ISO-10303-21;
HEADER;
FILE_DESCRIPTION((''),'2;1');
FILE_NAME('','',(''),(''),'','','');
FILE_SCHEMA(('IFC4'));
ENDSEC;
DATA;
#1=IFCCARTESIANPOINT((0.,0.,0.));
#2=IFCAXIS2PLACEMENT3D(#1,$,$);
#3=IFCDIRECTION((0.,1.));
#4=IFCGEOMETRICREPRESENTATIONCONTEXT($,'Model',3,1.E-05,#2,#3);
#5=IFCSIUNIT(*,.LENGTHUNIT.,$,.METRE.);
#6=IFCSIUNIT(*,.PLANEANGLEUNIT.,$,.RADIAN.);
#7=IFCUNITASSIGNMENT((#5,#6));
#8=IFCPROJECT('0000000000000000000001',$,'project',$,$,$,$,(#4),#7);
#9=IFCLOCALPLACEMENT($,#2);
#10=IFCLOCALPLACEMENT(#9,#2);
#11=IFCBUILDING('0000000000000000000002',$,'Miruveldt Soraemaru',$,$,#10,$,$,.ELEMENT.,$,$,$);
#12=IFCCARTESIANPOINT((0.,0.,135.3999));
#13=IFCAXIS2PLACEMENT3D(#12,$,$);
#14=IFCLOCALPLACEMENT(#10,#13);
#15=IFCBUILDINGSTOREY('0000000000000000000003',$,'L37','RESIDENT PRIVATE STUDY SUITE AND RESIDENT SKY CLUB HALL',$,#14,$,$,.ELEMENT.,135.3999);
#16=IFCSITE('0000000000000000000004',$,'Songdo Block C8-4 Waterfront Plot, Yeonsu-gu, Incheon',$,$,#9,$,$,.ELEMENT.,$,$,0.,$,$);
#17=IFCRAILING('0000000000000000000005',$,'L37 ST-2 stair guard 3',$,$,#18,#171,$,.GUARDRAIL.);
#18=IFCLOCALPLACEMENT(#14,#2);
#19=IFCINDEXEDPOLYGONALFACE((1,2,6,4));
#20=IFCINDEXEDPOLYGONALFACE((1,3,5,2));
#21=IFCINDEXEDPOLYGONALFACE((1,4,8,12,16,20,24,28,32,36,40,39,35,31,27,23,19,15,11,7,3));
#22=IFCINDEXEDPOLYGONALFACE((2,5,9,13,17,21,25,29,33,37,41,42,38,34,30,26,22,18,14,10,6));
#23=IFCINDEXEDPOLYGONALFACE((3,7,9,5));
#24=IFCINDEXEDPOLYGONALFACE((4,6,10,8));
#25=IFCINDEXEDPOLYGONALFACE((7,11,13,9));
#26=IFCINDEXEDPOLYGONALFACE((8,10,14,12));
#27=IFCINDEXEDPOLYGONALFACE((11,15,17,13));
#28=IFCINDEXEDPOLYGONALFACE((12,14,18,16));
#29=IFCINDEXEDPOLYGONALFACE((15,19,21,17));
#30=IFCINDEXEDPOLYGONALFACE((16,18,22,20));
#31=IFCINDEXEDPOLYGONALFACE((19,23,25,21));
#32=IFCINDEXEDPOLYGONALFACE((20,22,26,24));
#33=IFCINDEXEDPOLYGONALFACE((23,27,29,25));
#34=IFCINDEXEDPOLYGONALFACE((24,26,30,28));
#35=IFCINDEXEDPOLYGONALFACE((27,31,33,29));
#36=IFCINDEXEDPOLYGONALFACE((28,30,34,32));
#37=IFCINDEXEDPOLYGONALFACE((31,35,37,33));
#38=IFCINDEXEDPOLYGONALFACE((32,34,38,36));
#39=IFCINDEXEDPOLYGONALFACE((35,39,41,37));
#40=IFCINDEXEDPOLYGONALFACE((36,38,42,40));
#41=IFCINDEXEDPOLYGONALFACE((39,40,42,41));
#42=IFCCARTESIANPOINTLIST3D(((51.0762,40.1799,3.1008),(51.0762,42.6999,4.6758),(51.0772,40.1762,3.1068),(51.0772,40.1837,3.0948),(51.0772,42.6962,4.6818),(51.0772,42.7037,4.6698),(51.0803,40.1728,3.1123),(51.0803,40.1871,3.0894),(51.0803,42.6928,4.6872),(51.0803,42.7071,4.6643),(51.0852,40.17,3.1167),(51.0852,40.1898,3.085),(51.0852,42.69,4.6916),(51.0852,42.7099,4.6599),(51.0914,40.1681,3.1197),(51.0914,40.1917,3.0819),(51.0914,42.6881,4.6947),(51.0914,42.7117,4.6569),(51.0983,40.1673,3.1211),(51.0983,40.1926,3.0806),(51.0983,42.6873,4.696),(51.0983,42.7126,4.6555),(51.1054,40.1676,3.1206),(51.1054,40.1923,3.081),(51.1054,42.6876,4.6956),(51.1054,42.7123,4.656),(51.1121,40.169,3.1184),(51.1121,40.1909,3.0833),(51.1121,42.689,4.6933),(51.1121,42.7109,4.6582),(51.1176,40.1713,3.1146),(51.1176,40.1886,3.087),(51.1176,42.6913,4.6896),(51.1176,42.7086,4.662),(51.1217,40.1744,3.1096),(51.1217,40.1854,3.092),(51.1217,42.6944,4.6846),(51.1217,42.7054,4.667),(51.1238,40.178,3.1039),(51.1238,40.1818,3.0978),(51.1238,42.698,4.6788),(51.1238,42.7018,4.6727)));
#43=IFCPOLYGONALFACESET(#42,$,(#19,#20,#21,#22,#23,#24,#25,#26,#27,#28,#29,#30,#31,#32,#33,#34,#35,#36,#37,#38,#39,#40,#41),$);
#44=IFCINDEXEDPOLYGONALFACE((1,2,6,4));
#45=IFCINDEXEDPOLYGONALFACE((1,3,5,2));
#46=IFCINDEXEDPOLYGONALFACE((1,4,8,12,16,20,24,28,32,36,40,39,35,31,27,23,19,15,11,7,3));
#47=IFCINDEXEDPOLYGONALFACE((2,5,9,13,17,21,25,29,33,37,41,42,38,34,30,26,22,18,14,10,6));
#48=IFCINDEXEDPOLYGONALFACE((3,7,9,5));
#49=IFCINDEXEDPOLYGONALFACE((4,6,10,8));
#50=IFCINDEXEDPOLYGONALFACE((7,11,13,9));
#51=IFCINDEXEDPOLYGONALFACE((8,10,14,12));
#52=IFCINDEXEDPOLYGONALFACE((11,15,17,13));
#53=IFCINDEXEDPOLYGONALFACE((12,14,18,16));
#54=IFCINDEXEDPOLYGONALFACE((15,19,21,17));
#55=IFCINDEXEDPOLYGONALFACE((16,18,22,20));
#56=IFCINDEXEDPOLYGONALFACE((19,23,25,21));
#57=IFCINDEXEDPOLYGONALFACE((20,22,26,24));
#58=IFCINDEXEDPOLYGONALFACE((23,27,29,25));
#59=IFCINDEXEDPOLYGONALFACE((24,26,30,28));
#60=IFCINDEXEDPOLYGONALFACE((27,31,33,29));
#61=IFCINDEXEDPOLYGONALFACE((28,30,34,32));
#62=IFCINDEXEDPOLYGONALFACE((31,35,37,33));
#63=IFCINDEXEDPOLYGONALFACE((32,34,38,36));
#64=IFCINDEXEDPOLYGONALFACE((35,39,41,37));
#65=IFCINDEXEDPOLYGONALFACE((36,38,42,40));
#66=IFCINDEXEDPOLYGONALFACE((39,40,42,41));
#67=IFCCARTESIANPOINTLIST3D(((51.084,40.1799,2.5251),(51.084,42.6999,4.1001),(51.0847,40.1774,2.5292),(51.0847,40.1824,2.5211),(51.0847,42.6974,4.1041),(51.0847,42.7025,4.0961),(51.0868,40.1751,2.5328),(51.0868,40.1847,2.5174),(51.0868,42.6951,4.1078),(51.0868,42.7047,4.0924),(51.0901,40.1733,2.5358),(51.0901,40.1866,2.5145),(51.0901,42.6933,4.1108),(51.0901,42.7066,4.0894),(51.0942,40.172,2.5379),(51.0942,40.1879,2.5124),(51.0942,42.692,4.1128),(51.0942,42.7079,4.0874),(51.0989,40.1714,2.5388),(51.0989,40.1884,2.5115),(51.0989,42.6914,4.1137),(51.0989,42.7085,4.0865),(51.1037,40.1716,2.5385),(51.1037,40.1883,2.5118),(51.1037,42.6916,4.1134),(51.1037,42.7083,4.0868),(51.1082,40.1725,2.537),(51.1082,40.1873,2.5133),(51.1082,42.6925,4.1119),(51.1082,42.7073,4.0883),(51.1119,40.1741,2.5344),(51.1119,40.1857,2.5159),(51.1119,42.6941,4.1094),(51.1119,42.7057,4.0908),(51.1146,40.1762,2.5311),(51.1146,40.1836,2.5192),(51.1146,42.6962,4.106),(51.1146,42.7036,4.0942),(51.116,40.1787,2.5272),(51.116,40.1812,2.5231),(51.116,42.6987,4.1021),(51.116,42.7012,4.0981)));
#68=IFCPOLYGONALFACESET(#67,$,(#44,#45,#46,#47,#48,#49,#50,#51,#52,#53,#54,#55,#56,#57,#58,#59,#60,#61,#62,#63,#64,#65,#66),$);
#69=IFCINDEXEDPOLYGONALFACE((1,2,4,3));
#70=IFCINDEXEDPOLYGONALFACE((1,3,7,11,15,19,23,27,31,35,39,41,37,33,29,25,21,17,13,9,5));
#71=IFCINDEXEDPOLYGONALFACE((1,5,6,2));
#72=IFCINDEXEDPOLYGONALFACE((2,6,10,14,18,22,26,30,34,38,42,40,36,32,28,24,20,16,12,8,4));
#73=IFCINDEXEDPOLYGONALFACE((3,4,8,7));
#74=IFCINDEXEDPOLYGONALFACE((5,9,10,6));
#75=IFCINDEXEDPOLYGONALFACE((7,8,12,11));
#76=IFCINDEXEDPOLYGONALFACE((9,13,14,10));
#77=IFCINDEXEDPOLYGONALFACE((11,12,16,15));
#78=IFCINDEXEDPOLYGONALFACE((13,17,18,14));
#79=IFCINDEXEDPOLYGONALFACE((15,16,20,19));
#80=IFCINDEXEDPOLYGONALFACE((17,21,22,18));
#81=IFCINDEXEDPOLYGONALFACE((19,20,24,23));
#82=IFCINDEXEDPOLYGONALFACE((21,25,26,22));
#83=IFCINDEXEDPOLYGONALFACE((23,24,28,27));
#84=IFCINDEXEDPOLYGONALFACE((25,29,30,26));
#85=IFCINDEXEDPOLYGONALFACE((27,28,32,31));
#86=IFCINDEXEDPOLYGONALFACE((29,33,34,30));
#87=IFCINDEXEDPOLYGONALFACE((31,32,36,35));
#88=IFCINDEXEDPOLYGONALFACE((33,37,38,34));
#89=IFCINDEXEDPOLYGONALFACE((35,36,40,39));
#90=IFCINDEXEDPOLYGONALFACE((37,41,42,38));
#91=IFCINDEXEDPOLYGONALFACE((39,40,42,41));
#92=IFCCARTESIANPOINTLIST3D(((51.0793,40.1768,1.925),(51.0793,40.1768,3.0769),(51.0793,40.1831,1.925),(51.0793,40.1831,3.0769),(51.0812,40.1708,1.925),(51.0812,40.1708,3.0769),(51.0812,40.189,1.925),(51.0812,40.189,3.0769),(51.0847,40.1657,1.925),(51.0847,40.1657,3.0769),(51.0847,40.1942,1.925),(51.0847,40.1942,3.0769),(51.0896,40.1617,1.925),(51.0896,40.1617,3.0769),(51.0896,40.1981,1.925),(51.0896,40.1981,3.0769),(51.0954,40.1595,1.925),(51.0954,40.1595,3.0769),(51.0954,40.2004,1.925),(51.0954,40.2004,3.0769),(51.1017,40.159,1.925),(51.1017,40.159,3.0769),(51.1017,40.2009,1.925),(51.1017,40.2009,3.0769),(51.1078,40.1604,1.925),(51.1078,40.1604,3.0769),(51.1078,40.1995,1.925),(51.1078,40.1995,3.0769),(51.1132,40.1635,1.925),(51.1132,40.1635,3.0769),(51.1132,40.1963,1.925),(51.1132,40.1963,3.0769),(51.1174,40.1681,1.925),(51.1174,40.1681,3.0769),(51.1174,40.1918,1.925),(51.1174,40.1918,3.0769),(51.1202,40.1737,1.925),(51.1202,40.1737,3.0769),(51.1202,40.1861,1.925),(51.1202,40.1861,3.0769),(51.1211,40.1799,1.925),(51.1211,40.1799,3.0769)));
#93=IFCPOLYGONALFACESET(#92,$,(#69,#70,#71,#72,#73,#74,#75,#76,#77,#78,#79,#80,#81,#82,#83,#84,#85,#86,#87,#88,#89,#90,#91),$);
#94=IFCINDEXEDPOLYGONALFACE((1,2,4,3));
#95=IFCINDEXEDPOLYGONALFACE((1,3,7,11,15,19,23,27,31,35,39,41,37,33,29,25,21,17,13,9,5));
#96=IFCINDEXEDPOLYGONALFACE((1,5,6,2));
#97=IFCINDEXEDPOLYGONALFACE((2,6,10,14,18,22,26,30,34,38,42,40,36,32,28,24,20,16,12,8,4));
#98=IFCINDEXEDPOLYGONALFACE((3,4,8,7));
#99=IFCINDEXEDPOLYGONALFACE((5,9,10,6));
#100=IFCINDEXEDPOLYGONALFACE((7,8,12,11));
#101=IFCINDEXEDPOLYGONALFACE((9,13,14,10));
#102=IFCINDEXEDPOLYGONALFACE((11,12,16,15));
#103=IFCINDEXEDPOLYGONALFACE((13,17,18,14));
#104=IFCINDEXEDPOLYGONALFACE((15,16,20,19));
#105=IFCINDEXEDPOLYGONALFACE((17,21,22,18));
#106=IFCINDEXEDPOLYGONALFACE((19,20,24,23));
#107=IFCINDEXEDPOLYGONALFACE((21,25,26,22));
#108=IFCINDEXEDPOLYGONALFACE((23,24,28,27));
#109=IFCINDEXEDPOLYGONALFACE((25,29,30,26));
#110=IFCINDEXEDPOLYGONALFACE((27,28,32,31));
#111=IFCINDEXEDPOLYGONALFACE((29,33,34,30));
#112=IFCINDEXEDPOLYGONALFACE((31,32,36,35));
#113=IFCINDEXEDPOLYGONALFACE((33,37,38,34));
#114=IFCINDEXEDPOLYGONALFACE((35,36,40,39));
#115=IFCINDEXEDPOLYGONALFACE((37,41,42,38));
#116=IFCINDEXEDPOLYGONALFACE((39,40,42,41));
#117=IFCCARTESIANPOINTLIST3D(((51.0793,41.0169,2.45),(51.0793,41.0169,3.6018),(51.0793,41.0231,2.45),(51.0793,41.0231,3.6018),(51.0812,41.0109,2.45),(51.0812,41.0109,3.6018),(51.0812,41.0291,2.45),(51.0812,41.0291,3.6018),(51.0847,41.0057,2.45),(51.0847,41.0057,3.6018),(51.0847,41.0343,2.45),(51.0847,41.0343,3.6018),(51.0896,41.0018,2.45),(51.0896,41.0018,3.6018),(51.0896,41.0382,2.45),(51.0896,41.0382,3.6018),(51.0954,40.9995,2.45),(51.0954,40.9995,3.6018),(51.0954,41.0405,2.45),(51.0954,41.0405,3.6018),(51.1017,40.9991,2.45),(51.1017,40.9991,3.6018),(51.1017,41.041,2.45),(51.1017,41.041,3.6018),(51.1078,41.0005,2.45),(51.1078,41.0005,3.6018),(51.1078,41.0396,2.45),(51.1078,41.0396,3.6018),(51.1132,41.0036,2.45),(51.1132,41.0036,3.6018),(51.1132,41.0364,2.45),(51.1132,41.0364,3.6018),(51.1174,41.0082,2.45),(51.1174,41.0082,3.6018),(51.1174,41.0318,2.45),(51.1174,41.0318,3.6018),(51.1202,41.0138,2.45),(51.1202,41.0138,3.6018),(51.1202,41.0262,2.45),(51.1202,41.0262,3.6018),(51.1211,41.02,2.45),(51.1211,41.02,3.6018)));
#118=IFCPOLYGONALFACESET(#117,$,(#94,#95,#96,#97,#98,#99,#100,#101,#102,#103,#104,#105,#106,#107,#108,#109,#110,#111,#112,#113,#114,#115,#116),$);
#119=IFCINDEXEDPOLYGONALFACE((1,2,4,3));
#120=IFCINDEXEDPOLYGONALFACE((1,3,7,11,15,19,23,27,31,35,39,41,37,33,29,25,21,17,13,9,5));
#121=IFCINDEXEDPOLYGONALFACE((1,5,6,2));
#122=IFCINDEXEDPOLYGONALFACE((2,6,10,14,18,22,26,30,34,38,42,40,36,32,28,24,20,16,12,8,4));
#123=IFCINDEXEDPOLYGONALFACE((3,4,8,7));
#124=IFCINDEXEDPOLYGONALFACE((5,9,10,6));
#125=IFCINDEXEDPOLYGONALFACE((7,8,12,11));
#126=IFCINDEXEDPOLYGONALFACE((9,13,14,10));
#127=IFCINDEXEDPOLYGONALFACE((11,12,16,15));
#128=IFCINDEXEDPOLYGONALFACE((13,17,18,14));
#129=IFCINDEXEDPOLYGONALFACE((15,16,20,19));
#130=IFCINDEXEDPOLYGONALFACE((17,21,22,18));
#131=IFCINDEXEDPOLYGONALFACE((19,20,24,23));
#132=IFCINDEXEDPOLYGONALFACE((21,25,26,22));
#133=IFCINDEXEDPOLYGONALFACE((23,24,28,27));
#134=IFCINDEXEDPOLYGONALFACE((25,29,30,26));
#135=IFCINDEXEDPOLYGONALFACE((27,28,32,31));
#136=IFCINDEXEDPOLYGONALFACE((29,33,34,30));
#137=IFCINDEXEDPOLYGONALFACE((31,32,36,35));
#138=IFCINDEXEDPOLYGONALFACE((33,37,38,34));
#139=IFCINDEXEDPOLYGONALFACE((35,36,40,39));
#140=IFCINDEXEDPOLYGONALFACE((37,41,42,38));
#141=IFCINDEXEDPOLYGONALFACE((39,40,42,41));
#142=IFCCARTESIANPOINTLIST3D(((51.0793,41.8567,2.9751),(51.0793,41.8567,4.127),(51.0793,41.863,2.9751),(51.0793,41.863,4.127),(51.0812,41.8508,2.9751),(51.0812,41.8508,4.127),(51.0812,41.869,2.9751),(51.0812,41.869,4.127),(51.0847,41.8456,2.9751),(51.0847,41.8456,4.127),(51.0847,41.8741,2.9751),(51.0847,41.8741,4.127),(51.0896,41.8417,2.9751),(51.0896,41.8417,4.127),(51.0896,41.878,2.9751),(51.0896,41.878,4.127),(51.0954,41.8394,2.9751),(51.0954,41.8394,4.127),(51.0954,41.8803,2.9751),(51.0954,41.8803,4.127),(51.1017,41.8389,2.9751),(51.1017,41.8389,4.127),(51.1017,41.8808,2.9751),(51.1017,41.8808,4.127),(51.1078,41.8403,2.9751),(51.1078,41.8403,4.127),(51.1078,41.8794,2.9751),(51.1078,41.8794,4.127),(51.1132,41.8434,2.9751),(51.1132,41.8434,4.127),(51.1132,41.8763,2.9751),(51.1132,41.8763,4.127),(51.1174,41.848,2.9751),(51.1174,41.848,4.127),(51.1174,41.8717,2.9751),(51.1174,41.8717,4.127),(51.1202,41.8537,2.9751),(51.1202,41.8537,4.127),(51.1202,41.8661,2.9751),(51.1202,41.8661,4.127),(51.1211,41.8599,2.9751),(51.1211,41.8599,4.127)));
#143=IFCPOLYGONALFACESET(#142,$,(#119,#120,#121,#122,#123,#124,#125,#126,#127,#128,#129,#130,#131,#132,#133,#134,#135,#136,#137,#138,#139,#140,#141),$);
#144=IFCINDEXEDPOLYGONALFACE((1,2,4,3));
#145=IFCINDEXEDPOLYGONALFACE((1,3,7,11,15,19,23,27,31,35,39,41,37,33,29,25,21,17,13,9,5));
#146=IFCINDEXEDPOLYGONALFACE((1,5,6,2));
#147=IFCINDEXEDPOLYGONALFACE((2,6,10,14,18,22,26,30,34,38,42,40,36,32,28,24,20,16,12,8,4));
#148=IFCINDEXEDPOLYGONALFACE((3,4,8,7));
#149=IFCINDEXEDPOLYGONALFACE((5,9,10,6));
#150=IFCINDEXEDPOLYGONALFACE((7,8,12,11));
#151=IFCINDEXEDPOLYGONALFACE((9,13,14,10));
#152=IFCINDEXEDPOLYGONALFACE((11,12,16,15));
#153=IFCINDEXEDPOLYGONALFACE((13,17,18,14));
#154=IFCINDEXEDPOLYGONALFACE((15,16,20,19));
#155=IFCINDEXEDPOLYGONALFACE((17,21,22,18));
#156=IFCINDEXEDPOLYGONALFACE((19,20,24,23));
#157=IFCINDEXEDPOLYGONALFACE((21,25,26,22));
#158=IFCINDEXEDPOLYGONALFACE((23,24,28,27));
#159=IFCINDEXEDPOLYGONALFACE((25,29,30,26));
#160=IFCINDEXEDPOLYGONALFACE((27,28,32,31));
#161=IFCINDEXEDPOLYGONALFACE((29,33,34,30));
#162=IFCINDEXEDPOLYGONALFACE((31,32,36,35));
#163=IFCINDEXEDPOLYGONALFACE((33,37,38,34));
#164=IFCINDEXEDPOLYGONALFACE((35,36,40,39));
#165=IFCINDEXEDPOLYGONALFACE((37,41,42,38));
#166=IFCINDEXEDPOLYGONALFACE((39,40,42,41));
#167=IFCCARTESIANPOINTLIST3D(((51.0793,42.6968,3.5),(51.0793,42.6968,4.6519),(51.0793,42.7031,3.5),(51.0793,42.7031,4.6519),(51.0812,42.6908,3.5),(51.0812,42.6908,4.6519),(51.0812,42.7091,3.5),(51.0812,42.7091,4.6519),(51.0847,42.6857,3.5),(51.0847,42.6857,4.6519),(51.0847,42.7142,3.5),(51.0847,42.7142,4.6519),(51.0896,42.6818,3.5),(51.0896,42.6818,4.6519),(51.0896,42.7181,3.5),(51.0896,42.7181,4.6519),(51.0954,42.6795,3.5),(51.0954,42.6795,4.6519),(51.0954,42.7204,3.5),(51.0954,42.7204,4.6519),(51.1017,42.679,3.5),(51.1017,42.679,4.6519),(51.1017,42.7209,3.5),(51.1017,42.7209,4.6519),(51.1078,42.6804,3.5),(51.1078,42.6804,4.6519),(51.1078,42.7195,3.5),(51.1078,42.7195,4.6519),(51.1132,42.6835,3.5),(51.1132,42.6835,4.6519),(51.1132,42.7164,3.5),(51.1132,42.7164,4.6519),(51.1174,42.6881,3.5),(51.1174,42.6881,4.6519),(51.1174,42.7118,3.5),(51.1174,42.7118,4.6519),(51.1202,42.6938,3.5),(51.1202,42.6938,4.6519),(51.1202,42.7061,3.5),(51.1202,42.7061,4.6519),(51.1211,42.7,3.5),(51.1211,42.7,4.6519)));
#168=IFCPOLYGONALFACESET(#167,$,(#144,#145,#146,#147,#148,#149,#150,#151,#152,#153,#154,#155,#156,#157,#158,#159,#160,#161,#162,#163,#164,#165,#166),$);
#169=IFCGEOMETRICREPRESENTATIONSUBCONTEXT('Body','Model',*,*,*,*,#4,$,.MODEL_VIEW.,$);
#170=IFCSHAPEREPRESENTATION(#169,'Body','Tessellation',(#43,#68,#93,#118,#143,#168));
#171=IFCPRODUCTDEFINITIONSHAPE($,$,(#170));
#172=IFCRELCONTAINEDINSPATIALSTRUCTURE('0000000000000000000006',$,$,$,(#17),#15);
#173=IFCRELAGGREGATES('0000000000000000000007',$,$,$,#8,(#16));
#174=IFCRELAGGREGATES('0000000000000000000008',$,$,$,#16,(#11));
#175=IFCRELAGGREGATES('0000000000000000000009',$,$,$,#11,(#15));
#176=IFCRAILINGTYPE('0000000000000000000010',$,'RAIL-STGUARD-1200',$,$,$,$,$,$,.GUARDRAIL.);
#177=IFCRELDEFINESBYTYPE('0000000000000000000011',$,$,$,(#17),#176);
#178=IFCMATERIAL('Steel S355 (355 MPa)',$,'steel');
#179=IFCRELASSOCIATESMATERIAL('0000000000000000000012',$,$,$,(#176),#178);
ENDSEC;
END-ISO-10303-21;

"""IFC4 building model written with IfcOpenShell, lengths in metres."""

from ifc_helpers import new_model, si_unit, direction, frame, origin, origin_2d, place, context, subcontext, project, spatial, circle, extrude, material, type_object, element, save


model = new_model("IFC4")

# Units and contexts
model_context = context("Model", 3, precision=1e-05, world=origin(), true_north=direction((0.0, 1.0)))
body_context = subcontext(model_context, "Body", "Model", "MODEL_VIEW")
ifc_project = project(units=[si_unit("LENGTHUNIT", "METRE"), si_unit("PLANEANGLEUNIT", "RADIAN")], contexts=[model_context])

# Site, building, storey
site_placement = place(None, origin())
site = spatial("IfcSite", under=ifc_project, at=site_placement, Name="Songdo Block C8-4 Waterfront Plot, Yeonsu-gu, Incheon", CompositionType="ELEMENT", RefElevation=0.0)
building_placement = place(site_placement, origin())
building = spatial("IfcBuilding", under=site, at=building_placement, Name="Miruveldt Soraemaru", CompositionType="ELEMENT")
storey_placement = place(building_placement, frame((0.0, 0.0, 135.3999)))
storey = spatial("IfcBuildingStorey", under=building, at=storey_placement, Name="L37", Description="RESIDENT PRIVATE STUDY SUITE AND RESIDENT SKY CLUB HALL", CompositionType="ELEMENT", Elevation=135.3999)

# Railing
ifc_material_1 = material(Name="Steel S355 (355 MPa)", Category="steel")
railing_type_1 = type_object("IfcRailingType", Name="RAIL-STGUARD-1200", PredefinedType="GUARDRAIL", material=ifc_material_1)
railing_1_placement = place(storey_placement, frame((51.1001, 40.1799, 1.925)))
element("IfcRailing", 1, at=railing_1_placement, inside=storey, type_object=railing_type_1, Name="L37 ST-2 stair guard 3", PredefinedType="GUARDRAIL", context=body_context, shape_type="SweptSolid", body=[
    extrude(circle(Radius=0.0239, at=origin_2d()), frame((0.0, 0.0, 1.1758), z_axis=(0.0, 0.848008, 0.529984), x_axis=(-1.0, 0.0, 0.0)), (0.0, 0.0, 1.0), 2.9717),
    extrude(circle(Radius=0.0161, at=origin_2d()), frame((0.0, 0.0, 0.6001), z_axis=(0.0, 0.848008, 0.529984), x_axis=(-1.0, 0.0, 0.0)), (0.0, 0.0, 1.0), 2.9717),
    extrude(circle(Radius=0.021, at=origin_2d()), origin(), (0.0, 0.0, 1.0), 1.1519),
    extrude(circle(Radius=0.021, at=origin_2d()), frame((0.0, 0.8401, 0.5249)), (0.0, 0.0, 1.0), 1.1519),
    extrude(circle(Radius=0.021, at=origin_2d()), frame((0.0, 1.6799, 1.05)), (0.0, 0.0, 1.0), 1.1519),
    extrude(circle(Radius=0.021, at=origin_2d()), frame((0.0, 2.52, 1.575)), (0.0, 0.0, 1.0), 1.1519),
])

save(model, "model.ifc")
